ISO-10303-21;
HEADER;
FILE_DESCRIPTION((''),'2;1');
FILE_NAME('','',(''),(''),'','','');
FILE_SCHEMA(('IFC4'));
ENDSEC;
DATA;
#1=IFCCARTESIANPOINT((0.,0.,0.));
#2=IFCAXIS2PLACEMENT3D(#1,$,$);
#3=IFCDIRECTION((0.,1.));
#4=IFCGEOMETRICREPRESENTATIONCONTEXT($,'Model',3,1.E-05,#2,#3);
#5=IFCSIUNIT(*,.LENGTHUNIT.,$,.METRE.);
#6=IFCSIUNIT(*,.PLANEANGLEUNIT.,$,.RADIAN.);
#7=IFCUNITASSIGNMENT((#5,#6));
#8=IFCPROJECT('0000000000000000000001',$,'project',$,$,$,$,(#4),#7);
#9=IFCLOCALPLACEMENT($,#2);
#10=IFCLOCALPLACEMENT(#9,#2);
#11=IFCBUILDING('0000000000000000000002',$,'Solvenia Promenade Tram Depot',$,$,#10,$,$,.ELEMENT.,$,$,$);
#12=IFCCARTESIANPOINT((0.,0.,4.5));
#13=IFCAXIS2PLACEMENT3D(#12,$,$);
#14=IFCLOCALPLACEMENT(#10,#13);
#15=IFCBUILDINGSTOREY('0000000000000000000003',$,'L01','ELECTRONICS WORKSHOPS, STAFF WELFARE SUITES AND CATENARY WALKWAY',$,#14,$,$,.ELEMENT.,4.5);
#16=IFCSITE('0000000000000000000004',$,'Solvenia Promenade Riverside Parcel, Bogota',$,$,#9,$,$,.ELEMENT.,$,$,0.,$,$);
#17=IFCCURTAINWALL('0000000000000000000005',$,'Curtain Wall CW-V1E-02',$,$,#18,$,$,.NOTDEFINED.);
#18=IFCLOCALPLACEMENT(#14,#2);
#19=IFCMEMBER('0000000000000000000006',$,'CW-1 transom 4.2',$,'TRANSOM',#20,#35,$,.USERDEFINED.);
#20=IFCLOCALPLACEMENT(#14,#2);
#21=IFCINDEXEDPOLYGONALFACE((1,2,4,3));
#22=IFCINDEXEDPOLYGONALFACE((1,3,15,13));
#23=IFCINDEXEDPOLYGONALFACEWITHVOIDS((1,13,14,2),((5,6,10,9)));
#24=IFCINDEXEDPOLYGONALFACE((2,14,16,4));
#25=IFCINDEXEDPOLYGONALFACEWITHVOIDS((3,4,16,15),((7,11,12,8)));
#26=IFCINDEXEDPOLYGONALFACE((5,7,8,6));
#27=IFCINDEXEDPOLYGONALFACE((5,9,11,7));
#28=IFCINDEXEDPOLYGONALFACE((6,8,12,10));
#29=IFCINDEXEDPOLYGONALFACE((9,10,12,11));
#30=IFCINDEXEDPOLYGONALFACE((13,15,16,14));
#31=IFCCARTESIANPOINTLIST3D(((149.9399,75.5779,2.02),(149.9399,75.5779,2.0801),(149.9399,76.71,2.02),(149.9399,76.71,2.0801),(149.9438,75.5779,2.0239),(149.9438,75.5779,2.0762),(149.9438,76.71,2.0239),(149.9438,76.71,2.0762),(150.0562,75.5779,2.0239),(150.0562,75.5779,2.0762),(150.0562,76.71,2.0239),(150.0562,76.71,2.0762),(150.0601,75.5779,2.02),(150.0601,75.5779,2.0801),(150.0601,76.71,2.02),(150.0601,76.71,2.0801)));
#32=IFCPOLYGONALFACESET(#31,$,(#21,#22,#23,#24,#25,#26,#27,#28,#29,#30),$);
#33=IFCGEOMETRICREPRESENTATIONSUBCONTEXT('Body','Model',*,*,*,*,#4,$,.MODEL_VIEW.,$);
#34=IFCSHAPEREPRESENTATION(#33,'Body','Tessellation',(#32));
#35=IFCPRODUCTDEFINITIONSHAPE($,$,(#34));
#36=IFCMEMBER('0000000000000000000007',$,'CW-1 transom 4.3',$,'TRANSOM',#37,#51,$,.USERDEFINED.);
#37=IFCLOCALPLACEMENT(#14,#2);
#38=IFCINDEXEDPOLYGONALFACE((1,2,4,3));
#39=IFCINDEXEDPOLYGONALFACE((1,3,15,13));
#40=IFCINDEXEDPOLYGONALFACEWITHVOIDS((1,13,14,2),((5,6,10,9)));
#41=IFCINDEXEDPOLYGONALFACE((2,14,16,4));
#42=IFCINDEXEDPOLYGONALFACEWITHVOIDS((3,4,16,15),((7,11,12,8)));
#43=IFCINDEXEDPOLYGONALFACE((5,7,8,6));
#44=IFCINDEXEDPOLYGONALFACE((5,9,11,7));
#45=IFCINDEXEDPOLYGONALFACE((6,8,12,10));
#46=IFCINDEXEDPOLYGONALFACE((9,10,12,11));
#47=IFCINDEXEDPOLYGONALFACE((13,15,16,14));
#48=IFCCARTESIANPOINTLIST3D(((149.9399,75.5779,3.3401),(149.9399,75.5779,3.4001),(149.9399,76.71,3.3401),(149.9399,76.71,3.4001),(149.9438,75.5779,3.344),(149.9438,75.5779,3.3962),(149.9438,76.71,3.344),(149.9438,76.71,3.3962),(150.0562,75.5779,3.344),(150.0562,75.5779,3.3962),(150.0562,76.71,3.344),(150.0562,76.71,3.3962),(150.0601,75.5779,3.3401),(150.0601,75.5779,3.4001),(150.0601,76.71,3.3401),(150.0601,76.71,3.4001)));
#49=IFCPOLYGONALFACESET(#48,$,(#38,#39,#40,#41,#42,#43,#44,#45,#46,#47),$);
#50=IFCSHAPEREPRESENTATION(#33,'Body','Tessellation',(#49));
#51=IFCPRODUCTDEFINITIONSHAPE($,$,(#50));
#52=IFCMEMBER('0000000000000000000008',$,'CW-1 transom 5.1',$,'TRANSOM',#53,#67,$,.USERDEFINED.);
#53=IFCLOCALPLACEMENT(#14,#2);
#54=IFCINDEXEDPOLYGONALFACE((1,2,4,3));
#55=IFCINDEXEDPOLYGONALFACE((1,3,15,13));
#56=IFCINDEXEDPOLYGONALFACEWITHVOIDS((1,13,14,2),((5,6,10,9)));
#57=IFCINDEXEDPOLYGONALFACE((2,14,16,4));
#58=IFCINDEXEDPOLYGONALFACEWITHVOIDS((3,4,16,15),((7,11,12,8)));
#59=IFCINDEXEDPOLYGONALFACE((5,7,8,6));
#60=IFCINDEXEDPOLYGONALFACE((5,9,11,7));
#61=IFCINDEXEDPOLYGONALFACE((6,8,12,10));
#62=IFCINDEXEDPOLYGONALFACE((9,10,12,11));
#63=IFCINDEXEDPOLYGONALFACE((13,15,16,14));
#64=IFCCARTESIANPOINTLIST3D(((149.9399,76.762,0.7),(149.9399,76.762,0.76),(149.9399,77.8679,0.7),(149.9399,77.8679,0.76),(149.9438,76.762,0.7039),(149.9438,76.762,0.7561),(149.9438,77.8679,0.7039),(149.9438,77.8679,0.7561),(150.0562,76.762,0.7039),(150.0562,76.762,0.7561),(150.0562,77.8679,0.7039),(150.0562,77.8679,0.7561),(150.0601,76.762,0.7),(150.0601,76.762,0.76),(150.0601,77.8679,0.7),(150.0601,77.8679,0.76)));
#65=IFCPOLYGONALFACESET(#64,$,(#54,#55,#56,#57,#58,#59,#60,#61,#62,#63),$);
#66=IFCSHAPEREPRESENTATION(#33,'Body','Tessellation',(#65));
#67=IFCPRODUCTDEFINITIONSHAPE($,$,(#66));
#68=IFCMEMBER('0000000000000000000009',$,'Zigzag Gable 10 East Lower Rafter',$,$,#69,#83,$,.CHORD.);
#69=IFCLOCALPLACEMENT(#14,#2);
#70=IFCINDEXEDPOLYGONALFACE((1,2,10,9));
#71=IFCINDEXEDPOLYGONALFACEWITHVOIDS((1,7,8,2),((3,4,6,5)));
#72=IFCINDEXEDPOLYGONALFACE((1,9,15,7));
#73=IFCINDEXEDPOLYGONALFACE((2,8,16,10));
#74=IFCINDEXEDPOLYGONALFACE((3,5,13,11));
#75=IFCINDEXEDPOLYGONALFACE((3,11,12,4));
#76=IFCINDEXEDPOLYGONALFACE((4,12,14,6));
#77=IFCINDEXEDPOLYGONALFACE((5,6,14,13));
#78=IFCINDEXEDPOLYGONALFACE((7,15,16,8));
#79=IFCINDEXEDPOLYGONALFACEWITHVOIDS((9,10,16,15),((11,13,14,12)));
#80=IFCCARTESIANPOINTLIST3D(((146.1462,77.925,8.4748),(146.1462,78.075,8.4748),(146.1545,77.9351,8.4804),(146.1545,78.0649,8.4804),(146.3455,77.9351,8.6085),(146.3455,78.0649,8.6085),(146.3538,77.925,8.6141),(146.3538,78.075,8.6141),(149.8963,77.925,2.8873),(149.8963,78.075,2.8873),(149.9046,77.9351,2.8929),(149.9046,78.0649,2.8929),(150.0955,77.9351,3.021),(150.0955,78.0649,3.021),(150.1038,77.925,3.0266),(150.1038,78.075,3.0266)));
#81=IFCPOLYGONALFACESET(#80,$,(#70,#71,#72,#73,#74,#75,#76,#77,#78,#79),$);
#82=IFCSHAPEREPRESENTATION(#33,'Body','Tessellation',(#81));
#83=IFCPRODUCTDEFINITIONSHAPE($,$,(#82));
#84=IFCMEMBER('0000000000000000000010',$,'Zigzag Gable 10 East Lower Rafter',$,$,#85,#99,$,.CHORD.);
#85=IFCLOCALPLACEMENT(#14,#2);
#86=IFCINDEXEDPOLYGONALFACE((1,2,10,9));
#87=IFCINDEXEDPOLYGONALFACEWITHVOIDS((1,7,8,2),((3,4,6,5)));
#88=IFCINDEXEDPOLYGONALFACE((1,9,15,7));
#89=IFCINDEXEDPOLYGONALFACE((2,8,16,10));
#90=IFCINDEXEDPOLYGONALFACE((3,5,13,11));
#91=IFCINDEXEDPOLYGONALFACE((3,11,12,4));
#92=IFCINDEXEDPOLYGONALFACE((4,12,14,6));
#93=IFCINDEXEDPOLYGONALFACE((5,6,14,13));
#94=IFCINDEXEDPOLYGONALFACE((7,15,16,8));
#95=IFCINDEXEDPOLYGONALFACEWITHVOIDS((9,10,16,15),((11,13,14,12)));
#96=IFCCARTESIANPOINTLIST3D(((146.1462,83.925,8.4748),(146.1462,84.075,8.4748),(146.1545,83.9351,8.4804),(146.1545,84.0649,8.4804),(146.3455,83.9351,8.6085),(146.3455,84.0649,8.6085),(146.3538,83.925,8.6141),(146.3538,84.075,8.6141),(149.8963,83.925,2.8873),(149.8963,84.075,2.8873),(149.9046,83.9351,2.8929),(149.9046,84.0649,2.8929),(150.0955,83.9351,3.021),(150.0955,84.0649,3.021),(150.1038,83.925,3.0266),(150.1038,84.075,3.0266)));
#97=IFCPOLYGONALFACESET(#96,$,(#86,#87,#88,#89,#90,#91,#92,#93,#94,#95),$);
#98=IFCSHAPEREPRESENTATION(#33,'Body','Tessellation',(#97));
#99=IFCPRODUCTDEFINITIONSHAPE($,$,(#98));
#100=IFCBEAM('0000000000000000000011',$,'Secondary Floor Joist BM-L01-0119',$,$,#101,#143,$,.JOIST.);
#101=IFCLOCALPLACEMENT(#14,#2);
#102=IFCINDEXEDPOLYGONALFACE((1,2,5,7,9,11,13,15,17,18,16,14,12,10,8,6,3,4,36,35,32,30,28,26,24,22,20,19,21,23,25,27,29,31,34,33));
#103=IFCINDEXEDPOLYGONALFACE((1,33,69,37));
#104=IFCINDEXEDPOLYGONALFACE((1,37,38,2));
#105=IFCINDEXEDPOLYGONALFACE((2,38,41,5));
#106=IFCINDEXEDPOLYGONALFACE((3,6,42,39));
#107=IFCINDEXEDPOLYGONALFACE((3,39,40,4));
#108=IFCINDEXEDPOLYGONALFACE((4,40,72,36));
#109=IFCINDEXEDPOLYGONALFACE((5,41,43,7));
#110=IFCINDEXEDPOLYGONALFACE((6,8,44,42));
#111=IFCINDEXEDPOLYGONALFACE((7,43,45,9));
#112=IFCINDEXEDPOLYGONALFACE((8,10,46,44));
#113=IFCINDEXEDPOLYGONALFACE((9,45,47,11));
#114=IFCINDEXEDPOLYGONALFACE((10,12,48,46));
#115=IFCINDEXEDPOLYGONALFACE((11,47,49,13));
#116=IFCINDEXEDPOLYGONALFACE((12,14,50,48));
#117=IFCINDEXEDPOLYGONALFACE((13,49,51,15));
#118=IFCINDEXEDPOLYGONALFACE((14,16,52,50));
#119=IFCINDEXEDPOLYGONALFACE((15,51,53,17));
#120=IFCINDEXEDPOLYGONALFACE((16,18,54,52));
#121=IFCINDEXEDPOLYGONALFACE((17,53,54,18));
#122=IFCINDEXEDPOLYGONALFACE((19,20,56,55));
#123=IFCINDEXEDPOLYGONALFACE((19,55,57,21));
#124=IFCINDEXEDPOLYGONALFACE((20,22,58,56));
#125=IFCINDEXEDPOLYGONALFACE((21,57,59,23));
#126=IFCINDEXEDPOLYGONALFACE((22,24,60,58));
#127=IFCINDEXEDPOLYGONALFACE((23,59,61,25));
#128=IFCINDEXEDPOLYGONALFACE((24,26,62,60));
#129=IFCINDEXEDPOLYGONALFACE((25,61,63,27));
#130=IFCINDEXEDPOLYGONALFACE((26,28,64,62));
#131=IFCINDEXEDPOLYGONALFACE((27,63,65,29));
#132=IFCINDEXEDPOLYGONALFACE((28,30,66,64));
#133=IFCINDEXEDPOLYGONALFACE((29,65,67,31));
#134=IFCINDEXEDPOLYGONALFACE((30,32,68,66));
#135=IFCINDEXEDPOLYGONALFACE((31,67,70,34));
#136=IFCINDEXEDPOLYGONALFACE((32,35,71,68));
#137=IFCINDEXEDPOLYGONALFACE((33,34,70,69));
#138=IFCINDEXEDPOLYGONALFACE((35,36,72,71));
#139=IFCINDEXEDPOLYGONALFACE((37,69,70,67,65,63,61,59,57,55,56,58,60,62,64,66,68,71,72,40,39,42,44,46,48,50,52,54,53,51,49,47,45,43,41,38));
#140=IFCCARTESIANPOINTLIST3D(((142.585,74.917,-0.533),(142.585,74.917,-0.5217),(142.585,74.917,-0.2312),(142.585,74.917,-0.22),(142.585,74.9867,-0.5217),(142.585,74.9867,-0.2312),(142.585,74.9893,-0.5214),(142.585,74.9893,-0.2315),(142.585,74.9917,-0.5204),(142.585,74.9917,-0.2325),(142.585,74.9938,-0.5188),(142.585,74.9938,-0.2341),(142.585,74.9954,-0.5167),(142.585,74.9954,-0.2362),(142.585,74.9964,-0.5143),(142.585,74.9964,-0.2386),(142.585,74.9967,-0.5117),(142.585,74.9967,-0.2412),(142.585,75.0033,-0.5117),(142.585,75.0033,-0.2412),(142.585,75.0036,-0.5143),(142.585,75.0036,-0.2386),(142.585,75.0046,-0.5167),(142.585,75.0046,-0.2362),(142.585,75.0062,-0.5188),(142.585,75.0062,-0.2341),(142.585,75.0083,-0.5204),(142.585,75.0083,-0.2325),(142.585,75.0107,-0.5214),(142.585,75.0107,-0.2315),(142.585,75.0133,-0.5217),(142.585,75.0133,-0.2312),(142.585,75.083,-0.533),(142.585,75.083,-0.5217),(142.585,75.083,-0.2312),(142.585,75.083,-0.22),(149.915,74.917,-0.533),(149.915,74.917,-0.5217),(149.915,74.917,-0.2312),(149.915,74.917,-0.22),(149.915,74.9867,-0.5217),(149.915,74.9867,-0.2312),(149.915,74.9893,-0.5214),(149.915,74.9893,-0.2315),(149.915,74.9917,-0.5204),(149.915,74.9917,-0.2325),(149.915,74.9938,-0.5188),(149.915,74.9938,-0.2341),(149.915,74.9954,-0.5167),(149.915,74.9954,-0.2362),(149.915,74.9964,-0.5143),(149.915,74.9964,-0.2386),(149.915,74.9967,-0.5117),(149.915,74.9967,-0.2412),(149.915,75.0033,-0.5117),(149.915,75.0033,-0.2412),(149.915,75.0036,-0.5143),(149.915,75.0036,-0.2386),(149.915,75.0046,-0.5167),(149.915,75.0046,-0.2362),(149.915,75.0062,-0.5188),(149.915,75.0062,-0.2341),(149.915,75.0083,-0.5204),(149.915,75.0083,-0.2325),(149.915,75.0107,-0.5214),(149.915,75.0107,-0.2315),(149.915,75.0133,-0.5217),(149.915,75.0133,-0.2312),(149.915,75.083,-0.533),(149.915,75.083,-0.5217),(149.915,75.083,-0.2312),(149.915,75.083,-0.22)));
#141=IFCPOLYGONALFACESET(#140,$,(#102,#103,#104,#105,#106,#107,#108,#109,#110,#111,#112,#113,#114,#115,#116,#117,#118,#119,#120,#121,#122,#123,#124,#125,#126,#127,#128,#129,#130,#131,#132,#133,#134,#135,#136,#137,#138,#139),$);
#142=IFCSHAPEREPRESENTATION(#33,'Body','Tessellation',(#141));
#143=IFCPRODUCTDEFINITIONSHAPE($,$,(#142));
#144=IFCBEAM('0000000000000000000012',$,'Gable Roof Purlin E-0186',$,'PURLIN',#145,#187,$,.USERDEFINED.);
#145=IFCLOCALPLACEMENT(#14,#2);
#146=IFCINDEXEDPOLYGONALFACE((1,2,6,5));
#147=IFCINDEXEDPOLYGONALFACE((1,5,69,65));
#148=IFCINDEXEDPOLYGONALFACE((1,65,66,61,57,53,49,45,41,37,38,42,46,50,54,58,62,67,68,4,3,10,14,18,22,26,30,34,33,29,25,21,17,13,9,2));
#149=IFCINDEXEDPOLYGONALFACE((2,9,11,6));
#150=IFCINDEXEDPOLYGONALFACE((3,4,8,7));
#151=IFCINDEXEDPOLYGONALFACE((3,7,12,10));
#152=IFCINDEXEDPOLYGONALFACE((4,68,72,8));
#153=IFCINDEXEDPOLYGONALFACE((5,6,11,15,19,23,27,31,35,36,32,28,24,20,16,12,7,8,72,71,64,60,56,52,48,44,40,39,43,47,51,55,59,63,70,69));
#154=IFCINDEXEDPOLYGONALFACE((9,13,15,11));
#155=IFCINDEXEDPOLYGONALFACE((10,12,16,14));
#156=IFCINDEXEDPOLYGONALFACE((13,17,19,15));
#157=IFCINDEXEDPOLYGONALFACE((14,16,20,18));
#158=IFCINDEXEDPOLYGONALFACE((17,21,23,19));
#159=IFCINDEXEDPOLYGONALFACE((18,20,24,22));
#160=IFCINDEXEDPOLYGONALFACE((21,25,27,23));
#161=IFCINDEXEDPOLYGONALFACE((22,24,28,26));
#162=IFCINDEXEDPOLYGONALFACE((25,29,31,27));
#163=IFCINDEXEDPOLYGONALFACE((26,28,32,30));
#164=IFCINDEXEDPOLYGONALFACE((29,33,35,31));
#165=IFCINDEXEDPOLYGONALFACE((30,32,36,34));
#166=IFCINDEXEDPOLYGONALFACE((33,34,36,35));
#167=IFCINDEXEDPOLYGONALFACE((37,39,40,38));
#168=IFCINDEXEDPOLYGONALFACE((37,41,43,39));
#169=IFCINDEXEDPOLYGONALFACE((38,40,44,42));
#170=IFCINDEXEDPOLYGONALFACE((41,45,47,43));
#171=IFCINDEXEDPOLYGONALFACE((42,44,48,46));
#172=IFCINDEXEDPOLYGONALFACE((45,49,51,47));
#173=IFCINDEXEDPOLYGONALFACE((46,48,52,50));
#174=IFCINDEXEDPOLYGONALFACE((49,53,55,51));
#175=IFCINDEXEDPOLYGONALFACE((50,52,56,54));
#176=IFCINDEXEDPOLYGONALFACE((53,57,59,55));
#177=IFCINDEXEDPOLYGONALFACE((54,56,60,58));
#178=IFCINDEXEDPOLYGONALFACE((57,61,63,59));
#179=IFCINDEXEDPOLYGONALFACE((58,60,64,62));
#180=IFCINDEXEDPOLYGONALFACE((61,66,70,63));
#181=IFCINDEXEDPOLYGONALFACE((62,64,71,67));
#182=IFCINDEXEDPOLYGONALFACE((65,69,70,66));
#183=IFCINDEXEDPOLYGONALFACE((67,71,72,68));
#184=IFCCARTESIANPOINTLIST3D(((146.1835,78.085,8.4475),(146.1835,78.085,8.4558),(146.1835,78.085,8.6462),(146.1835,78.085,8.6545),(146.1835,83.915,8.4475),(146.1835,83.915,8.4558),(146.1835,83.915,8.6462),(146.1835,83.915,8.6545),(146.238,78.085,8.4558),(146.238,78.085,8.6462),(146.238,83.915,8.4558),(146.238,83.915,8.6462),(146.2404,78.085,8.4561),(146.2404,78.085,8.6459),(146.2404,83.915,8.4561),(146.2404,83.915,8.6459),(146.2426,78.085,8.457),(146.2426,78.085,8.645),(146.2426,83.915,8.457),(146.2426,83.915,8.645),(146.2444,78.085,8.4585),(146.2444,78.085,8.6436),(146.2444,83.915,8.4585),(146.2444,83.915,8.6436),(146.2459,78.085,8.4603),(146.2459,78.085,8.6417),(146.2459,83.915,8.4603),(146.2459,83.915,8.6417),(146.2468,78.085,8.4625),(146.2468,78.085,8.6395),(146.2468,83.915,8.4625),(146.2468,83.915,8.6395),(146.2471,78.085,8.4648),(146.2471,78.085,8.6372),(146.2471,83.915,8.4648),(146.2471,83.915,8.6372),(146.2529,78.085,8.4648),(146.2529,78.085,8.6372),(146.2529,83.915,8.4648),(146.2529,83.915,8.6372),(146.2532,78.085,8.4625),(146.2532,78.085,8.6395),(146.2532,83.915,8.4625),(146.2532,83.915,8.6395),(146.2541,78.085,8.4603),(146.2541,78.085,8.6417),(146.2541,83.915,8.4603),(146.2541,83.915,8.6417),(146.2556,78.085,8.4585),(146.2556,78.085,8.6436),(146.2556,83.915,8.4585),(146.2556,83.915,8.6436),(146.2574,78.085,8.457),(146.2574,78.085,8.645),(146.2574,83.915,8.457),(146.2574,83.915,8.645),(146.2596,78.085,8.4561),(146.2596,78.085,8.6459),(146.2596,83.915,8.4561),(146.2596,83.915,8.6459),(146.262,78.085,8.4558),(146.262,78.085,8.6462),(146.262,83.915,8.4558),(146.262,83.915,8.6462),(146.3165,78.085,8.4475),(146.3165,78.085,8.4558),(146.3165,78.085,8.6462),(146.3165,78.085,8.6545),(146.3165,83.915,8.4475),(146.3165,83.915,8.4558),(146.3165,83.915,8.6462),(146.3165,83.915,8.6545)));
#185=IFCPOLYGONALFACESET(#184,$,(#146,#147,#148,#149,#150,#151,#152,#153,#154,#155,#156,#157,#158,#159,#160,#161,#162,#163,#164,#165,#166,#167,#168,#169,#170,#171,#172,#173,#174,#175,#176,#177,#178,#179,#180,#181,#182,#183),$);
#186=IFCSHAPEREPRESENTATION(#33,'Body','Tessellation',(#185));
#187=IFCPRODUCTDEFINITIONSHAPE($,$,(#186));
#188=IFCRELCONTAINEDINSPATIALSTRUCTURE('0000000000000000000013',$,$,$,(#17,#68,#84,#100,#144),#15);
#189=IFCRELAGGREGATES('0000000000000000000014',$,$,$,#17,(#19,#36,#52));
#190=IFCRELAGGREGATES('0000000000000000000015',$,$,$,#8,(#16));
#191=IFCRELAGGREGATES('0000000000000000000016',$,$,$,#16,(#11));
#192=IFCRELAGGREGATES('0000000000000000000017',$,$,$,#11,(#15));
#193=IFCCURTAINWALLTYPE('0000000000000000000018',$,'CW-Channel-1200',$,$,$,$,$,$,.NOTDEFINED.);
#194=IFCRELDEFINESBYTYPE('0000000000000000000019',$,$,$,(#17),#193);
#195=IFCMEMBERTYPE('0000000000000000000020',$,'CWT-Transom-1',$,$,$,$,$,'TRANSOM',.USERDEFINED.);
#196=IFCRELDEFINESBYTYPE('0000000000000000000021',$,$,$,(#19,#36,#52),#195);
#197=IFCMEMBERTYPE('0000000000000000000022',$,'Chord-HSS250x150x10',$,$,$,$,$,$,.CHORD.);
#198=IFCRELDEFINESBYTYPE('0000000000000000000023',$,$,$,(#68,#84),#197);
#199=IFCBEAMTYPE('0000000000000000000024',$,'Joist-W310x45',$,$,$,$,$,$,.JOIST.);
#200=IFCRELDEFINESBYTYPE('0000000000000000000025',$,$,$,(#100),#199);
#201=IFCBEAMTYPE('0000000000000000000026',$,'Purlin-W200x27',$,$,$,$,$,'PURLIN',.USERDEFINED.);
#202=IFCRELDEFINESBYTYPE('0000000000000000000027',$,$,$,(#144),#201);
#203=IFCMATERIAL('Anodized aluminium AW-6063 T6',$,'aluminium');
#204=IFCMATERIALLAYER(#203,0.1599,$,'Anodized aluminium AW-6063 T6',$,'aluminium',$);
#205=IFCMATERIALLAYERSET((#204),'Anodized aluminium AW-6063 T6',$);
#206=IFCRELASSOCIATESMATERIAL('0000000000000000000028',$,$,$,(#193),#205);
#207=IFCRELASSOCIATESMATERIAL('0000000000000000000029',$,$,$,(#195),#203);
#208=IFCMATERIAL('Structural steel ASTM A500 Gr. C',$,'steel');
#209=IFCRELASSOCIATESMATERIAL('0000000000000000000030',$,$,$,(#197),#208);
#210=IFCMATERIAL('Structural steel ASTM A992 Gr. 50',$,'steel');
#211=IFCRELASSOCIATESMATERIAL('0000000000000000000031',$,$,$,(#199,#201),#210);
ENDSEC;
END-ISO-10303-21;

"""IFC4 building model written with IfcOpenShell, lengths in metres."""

from ifc_helpers import new_model, si_unit, direction, frame, origin, origin_2d, place, context, subcontext, project, spatial, hollow_rectangle, i_section, extrude, material, layer, layer_set, material_profile, profile_set, type_object, element, aggregate, save


model = new_model("IFC4")

# Units and contexts
model_context = context("Model", 3, precision=1e-05, world=origin(), true_north=direction((0.0, 1.0)))
body_context = subcontext(model_context, "Body", "Model", "MODEL_VIEW")
ifc_project = project(units=[si_unit("LENGTHUNIT", "METRE"), si_unit("PLANEANGLEUNIT", "RADIAN")], contexts=[model_context])

# Site, building, storey
site_placement = place(None, origin())
site = spatial("IfcSite", under=ifc_project, at=site_placement, Name="Solvenia Promenade Riverside Parcel, Bogota", CompositionType="ELEMENT", RefElevation=0.0)
building_placement = place(site_placement, origin())
building = spatial("IfcBuilding", under=site, at=building_placement, Name="Solvenia Promenade Tram Depot", CompositionType="ELEMENT")
storey_placement = place(building_placement, frame((0.0, 0.0, 4.5)))
storey = spatial("IfcBuildingStorey", under=building, at=storey_placement, Name="L01", Description="ELECTRONICS WORKSHOPS, STAFF WELFARE SUITES AND CATENARY WALKWAY", CompositionType="ELEMENT", Elevation=4.5)

# Curtain wall, members
ifc_material_1 = material(Name="Anodized aluminium AW-6063 T6", Category="aluminium")
ifc_layer_1 = layer(ifc_material_1, 0.1599, Name="Anodized aluminium AW-6063 T6", Category="aluminium")
ifc_layer_set_1 = layer_set([ifc_layer_1], Name="Anodized aluminium AW-6063 T6")
curtain_wall_type = type_object("IfcCurtainWallType", Name="CW-Channel-1200", PredefinedType="NOTDEFINED", material=ifc_layer_set_1)
curtain_wall_placement = place(storey_placement, origin())
curtain_wall = element("IfcCurtainWall", 1, at=curtain_wall_placement, inside=storey, type_object=curtain_wall_type, Name="Curtain Wall CW-V1E-02", PredefinedType="NOTDEFINED")
ifc_material_profile_1 = material_profile(ifc_material_1, hollow_rectangle(XDim=0.1201, YDim=0.0601, WallThickness=0.0039, at=origin_2d()), Name="ALU-T1", Category="aluminium")
ifc_profile_set_1 = profile_set([ifc_material_profile_1], Name="Anodized aluminium AW-6063 T6")
member_type_1 = type_object("IfcMemberType", Name="CWT-Transom-1", ElementType="TRANSOM", PredefinedType="USERDEFINED", material=ifc_profile_set_1)
member_1_placement = place(storey_placement, frame((150.0, 75.5779, 2.05), z_axis=(0.0, 1.0, 0.0), x_axis=(-1.0, 0.0, 0.0)))
member_1 = element("IfcMember", 2, at=member_1_placement, type_object=member_type_1, Name="CW-1 transom 4.2", ObjectType="TRANSOM", PredefinedType="USERDEFINED", context=body_context, shape_type="SweptSolid", body=[
    extrude(hollow_rectangle(XDim=0.1201, YDim=0.0601, WallThickness=0.0039, at=origin_2d()), origin(), (0.0, 0.0, 1.0), 1.1321),
])
member_2_placement = place(storey_placement, frame((150.0, 75.5779, 3.3701), z_axis=(0.0, 1.0, 0.0), x_axis=(-1.0, 0.0, 0.0)))
member_2 = element("IfcMember", 3, at=member_2_placement, type_object=member_type_1, Name="CW-1 transom 4.3", ObjectType="TRANSOM", PredefinedType="USERDEFINED", context=body_context, shape_type="SweptSolid", body=[
    extrude(hollow_rectangle(XDim=0.1201, YDim=0.0601, WallThickness=0.0039, at=origin_2d()), origin(), (0.0, 0.0, 1.0), 1.1321),
])
member_3_placement = place(storey_placement, frame((150.0, 76.762, 0.73), z_axis=(0.0, 1.0, 0.0), x_axis=(-1.0, 0.0, 0.0)))
member_3 = element("IfcMember", 4, at=member_3_placement, type_object=member_type_1, Name="CW-1 transom 5.1", ObjectType="TRANSOM", PredefinedType="USERDEFINED", context=body_context, shape_type="SweptSolid", body=[
    extrude(hollow_rectangle(XDim=0.1201, YDim=0.0601, WallThickness=0.0039, at=origin_2d()), origin(), (0.0, 0.0, 1.0), 1.106),
])

# Members
ifc_material_2 = material(Name="Structural steel ASTM A500 Gr. C", Category="steel")
ifc_material_profile_2 = material_profile(ifc_material_2, hollow_rectangle(XDim=0.1499, YDim=0.25, WallThickness=0.01, at=origin_2d()), Name="HSS250x150x10", Category="steel")
ifc_profile_set_2 = profile_set([ifc_material_profile_2], Name="Structural steel ASTM A500 Gr. C")
member_type_2 = type_object("IfcMemberType", Name="Chord-HSS250x150x10", PredefinedType="CHORD", material=ifc_profile_set_2)
for number, where, z_axis, x_axis, name in (
    (5, (146.25, 78.0, 8.5444), (0.557276, 0.0, -0.830327), (0.0, 1.0, 0.0), "Zigzag Gable 10 East Lower Rafter"),
    (6, (146.25, 84.0, 8.5444), (0.557276, 0.0, -0.830327), (0.0, 1.0, 0.0), "Zigzag Gable 10 East Lower Rafter"),
):
    element("IfcMember", number, at=place(storey_placement, frame(where, z_axis=z_axis, x_axis=x_axis)), inside=storey, type_object=member_type_2, Name=name, PredefinedType="CHORD", context=body_context, shape_type="SweptSolid", body=[
        extrude(hollow_rectangle(XDim=0.1499, YDim=0.25, WallThickness=0.01, at=origin_2d()), origin(), (0.0, 0.0, 1.0), 6.7292),
    ])

# Beams
ifc_material_3 = material(Name="Structural steel ASTM A992 Gr. 50", Category="steel")
ifc_material_profile_3 = material_profile(ifc_material_3, i_section(OverallWidth=0.166, OverallDepth=0.313, WebThickness=0.0066, FlangeThickness=0.0112, FilletRadius=0.01, at=origin_2d()), Name="W310x45", Category="steel")
ifc_profile_set_3 = profile_set([ifc_material_profile_3], Name="Structural steel ASTM A992 Gr. 50")
beam_type_1 = type_object("IfcBeamType", Name="Joist-W310x45", PredefinedType="JOIST", material=ifc_profile_set_3)
beam_1_placement = place(storey_placement, frame((142.585, 75.0, -0.3765), z_axis=(1.0, 0.0, 0.0), x_axis=(0.0, 1.0, 0.0)))
element("IfcBeam", 7, at=beam_1_placement, inside=storey, type_object=beam_type_1, Name="Secondary Floor Joist BM-L01-0119", PredefinedType="JOIST", context=body_context, shape_type="SweptSolid", body=[
    extrude(i_section(OverallWidth=0.166, OverallDepth=0.313, WebThickness=0.0066, FlangeThickness=0.0112, FilletRadius=0.01, at=origin_2d()), origin(), (0.0, 0.0, 1.0), 7.3301),
])
ifc_material_profile_4 = material_profile(ifc_material_3, i_section(OverallWidth=0.1331, OverallDepth=0.207, WebThickness=0.0059, FlangeThickness=0.0083, FilletRadius=0.009, at=origin_2d()), Name="W200x27", Category="steel")
ifc_profile_set_4 = profile_set([ifc_material_profile_4], Name="Structural steel ASTM A992 Gr. 50")
beam_type_2 = type_object("IfcBeamType", Name="Purlin-W200x27", ElementType="PURLIN", PredefinedType="USERDEFINED", material=ifc_profile_set_4)
for number, where, z_axis, x_axis, name in (
    (8, (146.25, 78.085, 8.551), (0.0, 1.0, 0.0), (-1.0, 0.0, 0.0), "Gable Roof Purlin E-0186"),
):
    element("IfcBeam", number, at=place(storey_placement, frame(where, z_axis=z_axis, x_axis=x_axis)), inside=storey, type_object=beam_type_2, Name=name, ObjectType="PURLIN", PredefinedType="USERDEFINED", context=body_context, shape_type="SweptSolid", body=[
        extrude(i_section(OverallWidth=0.1331, OverallDepth=0.207, WebThickness=0.0059, FlangeThickness=0.0083, FilletRadius=0.009, at=origin_2d()), origin(), (0.0, 0.0, 1.0), 5.8301),
    ])

aggregate(curtain_wall, [member_1, member_2, member_3])

save(model, "model.ifc")
